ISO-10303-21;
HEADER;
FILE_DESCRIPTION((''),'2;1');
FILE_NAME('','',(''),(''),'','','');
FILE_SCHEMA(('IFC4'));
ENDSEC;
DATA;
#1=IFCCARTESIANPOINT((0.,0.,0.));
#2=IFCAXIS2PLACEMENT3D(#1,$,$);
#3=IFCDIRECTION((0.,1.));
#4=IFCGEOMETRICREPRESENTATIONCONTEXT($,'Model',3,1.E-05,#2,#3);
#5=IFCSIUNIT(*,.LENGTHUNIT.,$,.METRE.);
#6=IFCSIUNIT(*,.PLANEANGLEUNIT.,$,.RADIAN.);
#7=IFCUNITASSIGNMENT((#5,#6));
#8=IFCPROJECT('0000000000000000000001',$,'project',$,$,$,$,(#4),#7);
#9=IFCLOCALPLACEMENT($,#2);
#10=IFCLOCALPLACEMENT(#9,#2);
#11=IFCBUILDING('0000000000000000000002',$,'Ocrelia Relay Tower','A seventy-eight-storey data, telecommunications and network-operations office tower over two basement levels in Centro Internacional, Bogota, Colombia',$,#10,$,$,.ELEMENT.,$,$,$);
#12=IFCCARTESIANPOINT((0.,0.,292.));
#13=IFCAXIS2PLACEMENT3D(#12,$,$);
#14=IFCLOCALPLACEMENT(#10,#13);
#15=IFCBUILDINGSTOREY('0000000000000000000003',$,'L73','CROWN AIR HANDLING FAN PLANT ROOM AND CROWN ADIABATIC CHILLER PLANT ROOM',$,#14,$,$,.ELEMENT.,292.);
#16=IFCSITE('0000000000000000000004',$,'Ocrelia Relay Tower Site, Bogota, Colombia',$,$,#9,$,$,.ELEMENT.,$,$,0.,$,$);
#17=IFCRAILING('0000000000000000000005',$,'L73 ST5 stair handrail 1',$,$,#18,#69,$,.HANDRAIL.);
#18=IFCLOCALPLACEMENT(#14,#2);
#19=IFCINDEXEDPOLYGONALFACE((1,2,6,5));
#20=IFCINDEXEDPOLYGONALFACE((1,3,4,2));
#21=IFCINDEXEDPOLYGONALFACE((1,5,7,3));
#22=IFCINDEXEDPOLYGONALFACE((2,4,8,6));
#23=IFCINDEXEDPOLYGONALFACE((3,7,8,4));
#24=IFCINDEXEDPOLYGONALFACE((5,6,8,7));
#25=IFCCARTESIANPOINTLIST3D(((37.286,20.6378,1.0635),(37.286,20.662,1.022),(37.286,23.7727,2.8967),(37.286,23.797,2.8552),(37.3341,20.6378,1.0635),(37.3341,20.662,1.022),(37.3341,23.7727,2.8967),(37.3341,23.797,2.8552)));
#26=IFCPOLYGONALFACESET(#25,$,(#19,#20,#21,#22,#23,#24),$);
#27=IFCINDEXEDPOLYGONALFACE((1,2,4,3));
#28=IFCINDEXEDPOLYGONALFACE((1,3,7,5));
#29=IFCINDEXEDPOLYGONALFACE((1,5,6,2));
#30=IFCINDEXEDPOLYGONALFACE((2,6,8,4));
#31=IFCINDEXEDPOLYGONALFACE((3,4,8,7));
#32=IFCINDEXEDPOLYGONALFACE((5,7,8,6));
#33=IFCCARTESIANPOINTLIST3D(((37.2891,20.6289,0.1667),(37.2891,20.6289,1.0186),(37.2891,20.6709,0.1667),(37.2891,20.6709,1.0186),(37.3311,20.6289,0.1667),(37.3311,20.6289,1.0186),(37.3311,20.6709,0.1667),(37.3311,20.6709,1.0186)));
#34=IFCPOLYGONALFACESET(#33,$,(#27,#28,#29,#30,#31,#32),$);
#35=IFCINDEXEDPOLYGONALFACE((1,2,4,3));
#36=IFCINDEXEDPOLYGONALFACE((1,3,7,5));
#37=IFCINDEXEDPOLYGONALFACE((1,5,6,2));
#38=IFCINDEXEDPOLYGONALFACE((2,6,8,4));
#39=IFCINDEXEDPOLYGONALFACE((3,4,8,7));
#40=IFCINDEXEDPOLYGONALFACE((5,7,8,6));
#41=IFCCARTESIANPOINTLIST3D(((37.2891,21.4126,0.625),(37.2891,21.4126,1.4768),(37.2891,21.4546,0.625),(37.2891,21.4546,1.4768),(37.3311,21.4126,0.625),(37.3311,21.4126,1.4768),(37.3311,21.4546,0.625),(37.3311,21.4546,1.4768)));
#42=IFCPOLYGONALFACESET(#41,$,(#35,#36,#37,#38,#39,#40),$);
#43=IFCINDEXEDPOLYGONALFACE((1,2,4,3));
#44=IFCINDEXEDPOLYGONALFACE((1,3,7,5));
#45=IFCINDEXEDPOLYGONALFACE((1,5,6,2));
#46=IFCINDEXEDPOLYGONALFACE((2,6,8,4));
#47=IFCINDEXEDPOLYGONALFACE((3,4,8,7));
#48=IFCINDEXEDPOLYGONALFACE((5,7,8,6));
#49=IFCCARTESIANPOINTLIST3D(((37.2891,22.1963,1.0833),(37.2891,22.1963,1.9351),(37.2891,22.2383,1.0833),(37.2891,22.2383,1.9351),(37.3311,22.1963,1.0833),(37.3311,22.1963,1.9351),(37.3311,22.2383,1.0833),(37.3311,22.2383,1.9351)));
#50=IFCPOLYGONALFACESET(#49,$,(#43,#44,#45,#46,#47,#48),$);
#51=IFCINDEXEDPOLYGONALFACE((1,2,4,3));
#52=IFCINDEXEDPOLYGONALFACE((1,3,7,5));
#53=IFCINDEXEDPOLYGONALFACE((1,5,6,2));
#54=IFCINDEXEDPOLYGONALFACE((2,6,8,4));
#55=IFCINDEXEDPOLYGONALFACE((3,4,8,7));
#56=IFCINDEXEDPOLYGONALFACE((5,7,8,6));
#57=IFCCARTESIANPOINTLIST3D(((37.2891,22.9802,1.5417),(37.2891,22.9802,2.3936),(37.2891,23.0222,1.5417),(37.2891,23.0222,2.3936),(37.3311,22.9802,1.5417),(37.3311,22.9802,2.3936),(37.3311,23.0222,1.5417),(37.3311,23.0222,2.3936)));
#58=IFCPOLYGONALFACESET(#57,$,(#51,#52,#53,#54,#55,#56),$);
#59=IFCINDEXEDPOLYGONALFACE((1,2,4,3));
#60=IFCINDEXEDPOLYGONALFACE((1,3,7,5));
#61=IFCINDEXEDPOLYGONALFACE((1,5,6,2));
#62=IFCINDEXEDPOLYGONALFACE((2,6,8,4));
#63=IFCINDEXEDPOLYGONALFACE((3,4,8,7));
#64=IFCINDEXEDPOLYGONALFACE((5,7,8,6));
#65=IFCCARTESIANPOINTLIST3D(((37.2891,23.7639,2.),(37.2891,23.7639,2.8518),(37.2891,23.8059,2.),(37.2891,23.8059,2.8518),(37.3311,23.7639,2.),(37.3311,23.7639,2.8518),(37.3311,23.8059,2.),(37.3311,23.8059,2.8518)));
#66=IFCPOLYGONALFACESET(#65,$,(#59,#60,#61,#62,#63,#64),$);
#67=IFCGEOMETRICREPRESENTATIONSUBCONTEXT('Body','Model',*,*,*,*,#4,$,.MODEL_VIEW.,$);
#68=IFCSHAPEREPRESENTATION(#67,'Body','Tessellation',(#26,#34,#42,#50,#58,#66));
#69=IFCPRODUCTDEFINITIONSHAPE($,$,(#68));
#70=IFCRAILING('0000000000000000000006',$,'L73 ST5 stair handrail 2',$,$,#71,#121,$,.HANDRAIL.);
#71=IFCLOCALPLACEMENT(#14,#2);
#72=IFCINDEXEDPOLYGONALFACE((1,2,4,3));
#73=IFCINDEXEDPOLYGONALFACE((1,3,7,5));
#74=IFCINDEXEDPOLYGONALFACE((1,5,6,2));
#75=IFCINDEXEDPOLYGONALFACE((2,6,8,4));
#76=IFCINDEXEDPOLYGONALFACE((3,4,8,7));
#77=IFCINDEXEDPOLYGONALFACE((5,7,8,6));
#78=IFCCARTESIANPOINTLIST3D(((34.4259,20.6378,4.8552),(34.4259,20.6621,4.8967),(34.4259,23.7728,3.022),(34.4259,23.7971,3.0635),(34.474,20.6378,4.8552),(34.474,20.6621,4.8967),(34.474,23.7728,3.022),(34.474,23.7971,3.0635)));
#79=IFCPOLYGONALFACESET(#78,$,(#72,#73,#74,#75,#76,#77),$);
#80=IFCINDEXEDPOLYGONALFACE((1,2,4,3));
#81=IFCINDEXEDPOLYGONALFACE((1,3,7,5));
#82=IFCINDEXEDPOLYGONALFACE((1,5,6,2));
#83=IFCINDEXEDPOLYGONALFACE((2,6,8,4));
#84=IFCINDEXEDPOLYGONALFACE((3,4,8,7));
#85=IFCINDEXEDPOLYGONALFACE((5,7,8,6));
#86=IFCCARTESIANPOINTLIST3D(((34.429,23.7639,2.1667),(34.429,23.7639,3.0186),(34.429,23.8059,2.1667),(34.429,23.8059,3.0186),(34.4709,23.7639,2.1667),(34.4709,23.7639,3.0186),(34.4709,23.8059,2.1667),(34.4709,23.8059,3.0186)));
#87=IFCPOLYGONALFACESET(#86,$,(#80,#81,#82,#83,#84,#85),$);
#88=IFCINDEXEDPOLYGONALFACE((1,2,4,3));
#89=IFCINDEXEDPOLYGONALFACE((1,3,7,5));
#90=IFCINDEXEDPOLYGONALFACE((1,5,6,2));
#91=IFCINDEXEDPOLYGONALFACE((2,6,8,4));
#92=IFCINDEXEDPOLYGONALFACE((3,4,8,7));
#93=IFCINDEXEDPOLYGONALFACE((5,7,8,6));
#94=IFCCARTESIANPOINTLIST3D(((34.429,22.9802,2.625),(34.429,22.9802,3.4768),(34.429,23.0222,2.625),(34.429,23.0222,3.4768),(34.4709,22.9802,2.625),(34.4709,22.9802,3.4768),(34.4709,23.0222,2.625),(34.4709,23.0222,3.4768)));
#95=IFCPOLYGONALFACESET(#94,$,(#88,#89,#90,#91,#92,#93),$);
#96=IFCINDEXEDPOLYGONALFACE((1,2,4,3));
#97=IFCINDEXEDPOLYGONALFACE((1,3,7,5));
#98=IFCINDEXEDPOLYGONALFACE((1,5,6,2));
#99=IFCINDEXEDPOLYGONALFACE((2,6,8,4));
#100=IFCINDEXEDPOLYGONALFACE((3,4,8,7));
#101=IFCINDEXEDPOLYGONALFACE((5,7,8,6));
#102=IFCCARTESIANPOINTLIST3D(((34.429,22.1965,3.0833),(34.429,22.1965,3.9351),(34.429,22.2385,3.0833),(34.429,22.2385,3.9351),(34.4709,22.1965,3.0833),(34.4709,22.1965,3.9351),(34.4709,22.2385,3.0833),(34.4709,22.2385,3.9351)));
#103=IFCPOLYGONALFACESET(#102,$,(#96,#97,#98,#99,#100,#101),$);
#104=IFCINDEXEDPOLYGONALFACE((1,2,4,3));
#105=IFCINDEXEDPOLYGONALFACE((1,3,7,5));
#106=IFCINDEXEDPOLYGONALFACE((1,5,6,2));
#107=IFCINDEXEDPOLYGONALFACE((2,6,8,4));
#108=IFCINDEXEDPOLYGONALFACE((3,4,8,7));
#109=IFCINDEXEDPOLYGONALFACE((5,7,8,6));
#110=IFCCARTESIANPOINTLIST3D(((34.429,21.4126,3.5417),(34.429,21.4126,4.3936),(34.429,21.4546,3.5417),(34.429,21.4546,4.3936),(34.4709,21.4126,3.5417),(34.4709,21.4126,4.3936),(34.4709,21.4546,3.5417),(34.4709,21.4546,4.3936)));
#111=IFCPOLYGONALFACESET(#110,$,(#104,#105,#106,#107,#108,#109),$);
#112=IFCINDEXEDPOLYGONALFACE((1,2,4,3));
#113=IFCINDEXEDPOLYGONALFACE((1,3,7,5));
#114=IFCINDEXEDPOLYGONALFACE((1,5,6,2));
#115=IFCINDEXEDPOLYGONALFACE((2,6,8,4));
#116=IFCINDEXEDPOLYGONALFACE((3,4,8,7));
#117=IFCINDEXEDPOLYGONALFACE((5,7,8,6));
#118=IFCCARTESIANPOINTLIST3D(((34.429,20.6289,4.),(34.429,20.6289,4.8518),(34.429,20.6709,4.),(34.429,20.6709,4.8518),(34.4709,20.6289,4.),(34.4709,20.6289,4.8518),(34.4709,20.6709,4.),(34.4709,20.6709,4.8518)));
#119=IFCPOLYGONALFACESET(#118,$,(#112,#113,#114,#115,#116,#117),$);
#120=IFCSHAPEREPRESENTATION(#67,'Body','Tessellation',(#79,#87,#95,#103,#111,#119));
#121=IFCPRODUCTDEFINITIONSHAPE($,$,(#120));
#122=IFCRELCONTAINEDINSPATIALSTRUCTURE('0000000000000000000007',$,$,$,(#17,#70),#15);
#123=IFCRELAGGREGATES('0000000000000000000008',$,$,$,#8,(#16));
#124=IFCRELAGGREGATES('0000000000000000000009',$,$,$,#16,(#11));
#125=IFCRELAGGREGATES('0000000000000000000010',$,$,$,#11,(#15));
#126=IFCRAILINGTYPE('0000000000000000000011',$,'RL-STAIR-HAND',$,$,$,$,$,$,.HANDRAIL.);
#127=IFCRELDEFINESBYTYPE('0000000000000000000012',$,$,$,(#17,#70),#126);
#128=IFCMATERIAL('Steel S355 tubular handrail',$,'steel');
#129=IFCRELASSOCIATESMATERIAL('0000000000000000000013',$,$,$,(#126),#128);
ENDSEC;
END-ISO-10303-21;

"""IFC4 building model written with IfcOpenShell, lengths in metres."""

from ifc_helpers import new_model, si_unit, direction, frame, origin, origin_2d, place, context, subcontext, project, spatial, rectangle, extrude, material, type_object, element, save


model = new_model("IFC4")

# Units and contexts
model_context = context("Model", 3, precision=1e-05, world=origin(), true_north=direction((0.0, 1.0)))
body_context = subcontext(model_context, "Body", "Model", "MODEL_VIEW")
ifc_project = project(units=[si_unit("LENGTHUNIT", "METRE"), si_unit("PLANEANGLEUNIT", "RADIAN")], contexts=[model_context])

# Site, building, storey
site_placement = place(None, origin())
site = spatial("IfcSite", under=ifc_project, at=site_placement, Name="Ocrelia Relay Tower Site, Bogota, Colombia", CompositionType="ELEMENT", RefElevation=0.0)
building_placement = place(site_placement, origin())
building = spatial("IfcBuilding", under=site, at=building_placement, Name="Ocrelia Relay Tower", Description="A seventy-eight-storey data, telecommunications and network-operations office tower over two basement levels in Centro Internacional, Bogota, Colombia", CompositionType="ELEMENT")
storey_placement = place(building_placement, frame((0.0, 0.0, 292.0)))
storey = spatial("IfcBuildingStorey", under=building, at=storey_placement, Name="L73", Description="CROWN AIR HANDLING FAN PLANT ROOM AND CROWN ADIABATIC CHILLER PLANT ROOM", CompositionType="ELEMENT", Elevation=292.0)

# Railings
ifc_material_1 = material(Name="Steel S355 tubular handrail", Category="steel")
railing_type_1 = type_object("IfcRailingType", Name="RL-STAIR-HAND", PredefinedType="HANDRAIL", material=ifc_material_1)
railing_1_placement = place(storey_placement, frame((37.3101, 20.6499, 0.1667)))
element("IfcRailing", 1, at=railing_1_placement, inside=storey, type_object=railing_type_1, Name="L73 ST5 stair handrail 1", PredefinedType="HANDRAIL", context=body_context, shape_type="SweptSolid", body=[
    extrude(rectangle(XDim=0.0481, YDim=0.0481, at=origin_2d()), frame((0.0, 0.0, 0.876), z_axis=(0.0, 0.86324, 0.504794), x_axis=(-1.0, 0.0, 0.0)), (0.0, 0.0, 1.0), 3.6316),
    extrude(rectangle(XDim=0.042, YDim=0.042, at=origin_2d()), origin(), (0.0, 0.0, 1.0), 0.8518),
    extrude(rectangle(XDim=0.042, YDim=0.042, at=origin_2d()), frame((0.0, 0.7837, 0.4583)), (0.0, 0.0, 1.0), 0.8518),
    extrude(rectangle(XDim=0.042, YDim=0.042, at=origin_2d()), frame((0.0, 1.5674, 0.9165)), (0.0, 0.0, 1.0), 0.8518),
    extrude(rectangle(XDim=0.042, YDim=0.042, at=origin_2d()), frame((0.0, 2.3513, 1.375)), (0.0, 0.0, 1.0), 0.8518),
    extrude(rectangle(XDim=0.042, YDim=0.042, at=origin_2d()), frame((0.0, 3.135, 1.8333)), (0.0, 0.0, 1.0), 0.8518),
])
railing_2_placement = place(storey_placement, frame((34.45, 23.7849, 2.1667)))
element("IfcRailing", 2, at=railing_2_placement, inside=storey, type_object=railing_type_1, Name="L73 ST5 stair handrail 2", PredefinedType="HANDRAIL", context=body_context, shape_type="SweptSolid", body=[
    extrude(rectangle(XDim=0.0481, YDim=0.0481, at=origin_2d()), frame((0.0, 0.0, 0.876), z_axis=(0.0, -0.86324, 0.504794), x_axis=(1.0, 0.0, 0.0)), (0.0, 0.0, 1.0), 3.6316),
    extrude(rectangle(XDim=0.042, YDim=0.042, at=origin_2d()), origin(), (0.0, 0.0, 1.0), 0.8518),
    extrude(rectangle(XDim=0.042, YDim=0.042, at=origin_2d()), frame((0.0, -0.7837, 0.4583)), (0.0, 0.0, 1.0), 0.8518),
    extrude(rectangle(XDim=0.042, YDim=0.042, at=origin_2d()), frame((0.0, -1.5674, 0.9165)), (0.0, 0.0, 1.0), 0.8518),
    extrude(rectangle(XDim=0.042, YDim=0.042, at=origin_2d()), frame((0.0, -2.3513, 1.375)), (0.0, 0.0, 1.0), 0.8518),
    extrude(rectangle(XDim=0.042, YDim=0.042, at=origin_2d()), frame((0.0, -3.135, 1.8333)), (0.0, 0.0, 1.0), 0.8518),
])

save(model, "model.ifc")
